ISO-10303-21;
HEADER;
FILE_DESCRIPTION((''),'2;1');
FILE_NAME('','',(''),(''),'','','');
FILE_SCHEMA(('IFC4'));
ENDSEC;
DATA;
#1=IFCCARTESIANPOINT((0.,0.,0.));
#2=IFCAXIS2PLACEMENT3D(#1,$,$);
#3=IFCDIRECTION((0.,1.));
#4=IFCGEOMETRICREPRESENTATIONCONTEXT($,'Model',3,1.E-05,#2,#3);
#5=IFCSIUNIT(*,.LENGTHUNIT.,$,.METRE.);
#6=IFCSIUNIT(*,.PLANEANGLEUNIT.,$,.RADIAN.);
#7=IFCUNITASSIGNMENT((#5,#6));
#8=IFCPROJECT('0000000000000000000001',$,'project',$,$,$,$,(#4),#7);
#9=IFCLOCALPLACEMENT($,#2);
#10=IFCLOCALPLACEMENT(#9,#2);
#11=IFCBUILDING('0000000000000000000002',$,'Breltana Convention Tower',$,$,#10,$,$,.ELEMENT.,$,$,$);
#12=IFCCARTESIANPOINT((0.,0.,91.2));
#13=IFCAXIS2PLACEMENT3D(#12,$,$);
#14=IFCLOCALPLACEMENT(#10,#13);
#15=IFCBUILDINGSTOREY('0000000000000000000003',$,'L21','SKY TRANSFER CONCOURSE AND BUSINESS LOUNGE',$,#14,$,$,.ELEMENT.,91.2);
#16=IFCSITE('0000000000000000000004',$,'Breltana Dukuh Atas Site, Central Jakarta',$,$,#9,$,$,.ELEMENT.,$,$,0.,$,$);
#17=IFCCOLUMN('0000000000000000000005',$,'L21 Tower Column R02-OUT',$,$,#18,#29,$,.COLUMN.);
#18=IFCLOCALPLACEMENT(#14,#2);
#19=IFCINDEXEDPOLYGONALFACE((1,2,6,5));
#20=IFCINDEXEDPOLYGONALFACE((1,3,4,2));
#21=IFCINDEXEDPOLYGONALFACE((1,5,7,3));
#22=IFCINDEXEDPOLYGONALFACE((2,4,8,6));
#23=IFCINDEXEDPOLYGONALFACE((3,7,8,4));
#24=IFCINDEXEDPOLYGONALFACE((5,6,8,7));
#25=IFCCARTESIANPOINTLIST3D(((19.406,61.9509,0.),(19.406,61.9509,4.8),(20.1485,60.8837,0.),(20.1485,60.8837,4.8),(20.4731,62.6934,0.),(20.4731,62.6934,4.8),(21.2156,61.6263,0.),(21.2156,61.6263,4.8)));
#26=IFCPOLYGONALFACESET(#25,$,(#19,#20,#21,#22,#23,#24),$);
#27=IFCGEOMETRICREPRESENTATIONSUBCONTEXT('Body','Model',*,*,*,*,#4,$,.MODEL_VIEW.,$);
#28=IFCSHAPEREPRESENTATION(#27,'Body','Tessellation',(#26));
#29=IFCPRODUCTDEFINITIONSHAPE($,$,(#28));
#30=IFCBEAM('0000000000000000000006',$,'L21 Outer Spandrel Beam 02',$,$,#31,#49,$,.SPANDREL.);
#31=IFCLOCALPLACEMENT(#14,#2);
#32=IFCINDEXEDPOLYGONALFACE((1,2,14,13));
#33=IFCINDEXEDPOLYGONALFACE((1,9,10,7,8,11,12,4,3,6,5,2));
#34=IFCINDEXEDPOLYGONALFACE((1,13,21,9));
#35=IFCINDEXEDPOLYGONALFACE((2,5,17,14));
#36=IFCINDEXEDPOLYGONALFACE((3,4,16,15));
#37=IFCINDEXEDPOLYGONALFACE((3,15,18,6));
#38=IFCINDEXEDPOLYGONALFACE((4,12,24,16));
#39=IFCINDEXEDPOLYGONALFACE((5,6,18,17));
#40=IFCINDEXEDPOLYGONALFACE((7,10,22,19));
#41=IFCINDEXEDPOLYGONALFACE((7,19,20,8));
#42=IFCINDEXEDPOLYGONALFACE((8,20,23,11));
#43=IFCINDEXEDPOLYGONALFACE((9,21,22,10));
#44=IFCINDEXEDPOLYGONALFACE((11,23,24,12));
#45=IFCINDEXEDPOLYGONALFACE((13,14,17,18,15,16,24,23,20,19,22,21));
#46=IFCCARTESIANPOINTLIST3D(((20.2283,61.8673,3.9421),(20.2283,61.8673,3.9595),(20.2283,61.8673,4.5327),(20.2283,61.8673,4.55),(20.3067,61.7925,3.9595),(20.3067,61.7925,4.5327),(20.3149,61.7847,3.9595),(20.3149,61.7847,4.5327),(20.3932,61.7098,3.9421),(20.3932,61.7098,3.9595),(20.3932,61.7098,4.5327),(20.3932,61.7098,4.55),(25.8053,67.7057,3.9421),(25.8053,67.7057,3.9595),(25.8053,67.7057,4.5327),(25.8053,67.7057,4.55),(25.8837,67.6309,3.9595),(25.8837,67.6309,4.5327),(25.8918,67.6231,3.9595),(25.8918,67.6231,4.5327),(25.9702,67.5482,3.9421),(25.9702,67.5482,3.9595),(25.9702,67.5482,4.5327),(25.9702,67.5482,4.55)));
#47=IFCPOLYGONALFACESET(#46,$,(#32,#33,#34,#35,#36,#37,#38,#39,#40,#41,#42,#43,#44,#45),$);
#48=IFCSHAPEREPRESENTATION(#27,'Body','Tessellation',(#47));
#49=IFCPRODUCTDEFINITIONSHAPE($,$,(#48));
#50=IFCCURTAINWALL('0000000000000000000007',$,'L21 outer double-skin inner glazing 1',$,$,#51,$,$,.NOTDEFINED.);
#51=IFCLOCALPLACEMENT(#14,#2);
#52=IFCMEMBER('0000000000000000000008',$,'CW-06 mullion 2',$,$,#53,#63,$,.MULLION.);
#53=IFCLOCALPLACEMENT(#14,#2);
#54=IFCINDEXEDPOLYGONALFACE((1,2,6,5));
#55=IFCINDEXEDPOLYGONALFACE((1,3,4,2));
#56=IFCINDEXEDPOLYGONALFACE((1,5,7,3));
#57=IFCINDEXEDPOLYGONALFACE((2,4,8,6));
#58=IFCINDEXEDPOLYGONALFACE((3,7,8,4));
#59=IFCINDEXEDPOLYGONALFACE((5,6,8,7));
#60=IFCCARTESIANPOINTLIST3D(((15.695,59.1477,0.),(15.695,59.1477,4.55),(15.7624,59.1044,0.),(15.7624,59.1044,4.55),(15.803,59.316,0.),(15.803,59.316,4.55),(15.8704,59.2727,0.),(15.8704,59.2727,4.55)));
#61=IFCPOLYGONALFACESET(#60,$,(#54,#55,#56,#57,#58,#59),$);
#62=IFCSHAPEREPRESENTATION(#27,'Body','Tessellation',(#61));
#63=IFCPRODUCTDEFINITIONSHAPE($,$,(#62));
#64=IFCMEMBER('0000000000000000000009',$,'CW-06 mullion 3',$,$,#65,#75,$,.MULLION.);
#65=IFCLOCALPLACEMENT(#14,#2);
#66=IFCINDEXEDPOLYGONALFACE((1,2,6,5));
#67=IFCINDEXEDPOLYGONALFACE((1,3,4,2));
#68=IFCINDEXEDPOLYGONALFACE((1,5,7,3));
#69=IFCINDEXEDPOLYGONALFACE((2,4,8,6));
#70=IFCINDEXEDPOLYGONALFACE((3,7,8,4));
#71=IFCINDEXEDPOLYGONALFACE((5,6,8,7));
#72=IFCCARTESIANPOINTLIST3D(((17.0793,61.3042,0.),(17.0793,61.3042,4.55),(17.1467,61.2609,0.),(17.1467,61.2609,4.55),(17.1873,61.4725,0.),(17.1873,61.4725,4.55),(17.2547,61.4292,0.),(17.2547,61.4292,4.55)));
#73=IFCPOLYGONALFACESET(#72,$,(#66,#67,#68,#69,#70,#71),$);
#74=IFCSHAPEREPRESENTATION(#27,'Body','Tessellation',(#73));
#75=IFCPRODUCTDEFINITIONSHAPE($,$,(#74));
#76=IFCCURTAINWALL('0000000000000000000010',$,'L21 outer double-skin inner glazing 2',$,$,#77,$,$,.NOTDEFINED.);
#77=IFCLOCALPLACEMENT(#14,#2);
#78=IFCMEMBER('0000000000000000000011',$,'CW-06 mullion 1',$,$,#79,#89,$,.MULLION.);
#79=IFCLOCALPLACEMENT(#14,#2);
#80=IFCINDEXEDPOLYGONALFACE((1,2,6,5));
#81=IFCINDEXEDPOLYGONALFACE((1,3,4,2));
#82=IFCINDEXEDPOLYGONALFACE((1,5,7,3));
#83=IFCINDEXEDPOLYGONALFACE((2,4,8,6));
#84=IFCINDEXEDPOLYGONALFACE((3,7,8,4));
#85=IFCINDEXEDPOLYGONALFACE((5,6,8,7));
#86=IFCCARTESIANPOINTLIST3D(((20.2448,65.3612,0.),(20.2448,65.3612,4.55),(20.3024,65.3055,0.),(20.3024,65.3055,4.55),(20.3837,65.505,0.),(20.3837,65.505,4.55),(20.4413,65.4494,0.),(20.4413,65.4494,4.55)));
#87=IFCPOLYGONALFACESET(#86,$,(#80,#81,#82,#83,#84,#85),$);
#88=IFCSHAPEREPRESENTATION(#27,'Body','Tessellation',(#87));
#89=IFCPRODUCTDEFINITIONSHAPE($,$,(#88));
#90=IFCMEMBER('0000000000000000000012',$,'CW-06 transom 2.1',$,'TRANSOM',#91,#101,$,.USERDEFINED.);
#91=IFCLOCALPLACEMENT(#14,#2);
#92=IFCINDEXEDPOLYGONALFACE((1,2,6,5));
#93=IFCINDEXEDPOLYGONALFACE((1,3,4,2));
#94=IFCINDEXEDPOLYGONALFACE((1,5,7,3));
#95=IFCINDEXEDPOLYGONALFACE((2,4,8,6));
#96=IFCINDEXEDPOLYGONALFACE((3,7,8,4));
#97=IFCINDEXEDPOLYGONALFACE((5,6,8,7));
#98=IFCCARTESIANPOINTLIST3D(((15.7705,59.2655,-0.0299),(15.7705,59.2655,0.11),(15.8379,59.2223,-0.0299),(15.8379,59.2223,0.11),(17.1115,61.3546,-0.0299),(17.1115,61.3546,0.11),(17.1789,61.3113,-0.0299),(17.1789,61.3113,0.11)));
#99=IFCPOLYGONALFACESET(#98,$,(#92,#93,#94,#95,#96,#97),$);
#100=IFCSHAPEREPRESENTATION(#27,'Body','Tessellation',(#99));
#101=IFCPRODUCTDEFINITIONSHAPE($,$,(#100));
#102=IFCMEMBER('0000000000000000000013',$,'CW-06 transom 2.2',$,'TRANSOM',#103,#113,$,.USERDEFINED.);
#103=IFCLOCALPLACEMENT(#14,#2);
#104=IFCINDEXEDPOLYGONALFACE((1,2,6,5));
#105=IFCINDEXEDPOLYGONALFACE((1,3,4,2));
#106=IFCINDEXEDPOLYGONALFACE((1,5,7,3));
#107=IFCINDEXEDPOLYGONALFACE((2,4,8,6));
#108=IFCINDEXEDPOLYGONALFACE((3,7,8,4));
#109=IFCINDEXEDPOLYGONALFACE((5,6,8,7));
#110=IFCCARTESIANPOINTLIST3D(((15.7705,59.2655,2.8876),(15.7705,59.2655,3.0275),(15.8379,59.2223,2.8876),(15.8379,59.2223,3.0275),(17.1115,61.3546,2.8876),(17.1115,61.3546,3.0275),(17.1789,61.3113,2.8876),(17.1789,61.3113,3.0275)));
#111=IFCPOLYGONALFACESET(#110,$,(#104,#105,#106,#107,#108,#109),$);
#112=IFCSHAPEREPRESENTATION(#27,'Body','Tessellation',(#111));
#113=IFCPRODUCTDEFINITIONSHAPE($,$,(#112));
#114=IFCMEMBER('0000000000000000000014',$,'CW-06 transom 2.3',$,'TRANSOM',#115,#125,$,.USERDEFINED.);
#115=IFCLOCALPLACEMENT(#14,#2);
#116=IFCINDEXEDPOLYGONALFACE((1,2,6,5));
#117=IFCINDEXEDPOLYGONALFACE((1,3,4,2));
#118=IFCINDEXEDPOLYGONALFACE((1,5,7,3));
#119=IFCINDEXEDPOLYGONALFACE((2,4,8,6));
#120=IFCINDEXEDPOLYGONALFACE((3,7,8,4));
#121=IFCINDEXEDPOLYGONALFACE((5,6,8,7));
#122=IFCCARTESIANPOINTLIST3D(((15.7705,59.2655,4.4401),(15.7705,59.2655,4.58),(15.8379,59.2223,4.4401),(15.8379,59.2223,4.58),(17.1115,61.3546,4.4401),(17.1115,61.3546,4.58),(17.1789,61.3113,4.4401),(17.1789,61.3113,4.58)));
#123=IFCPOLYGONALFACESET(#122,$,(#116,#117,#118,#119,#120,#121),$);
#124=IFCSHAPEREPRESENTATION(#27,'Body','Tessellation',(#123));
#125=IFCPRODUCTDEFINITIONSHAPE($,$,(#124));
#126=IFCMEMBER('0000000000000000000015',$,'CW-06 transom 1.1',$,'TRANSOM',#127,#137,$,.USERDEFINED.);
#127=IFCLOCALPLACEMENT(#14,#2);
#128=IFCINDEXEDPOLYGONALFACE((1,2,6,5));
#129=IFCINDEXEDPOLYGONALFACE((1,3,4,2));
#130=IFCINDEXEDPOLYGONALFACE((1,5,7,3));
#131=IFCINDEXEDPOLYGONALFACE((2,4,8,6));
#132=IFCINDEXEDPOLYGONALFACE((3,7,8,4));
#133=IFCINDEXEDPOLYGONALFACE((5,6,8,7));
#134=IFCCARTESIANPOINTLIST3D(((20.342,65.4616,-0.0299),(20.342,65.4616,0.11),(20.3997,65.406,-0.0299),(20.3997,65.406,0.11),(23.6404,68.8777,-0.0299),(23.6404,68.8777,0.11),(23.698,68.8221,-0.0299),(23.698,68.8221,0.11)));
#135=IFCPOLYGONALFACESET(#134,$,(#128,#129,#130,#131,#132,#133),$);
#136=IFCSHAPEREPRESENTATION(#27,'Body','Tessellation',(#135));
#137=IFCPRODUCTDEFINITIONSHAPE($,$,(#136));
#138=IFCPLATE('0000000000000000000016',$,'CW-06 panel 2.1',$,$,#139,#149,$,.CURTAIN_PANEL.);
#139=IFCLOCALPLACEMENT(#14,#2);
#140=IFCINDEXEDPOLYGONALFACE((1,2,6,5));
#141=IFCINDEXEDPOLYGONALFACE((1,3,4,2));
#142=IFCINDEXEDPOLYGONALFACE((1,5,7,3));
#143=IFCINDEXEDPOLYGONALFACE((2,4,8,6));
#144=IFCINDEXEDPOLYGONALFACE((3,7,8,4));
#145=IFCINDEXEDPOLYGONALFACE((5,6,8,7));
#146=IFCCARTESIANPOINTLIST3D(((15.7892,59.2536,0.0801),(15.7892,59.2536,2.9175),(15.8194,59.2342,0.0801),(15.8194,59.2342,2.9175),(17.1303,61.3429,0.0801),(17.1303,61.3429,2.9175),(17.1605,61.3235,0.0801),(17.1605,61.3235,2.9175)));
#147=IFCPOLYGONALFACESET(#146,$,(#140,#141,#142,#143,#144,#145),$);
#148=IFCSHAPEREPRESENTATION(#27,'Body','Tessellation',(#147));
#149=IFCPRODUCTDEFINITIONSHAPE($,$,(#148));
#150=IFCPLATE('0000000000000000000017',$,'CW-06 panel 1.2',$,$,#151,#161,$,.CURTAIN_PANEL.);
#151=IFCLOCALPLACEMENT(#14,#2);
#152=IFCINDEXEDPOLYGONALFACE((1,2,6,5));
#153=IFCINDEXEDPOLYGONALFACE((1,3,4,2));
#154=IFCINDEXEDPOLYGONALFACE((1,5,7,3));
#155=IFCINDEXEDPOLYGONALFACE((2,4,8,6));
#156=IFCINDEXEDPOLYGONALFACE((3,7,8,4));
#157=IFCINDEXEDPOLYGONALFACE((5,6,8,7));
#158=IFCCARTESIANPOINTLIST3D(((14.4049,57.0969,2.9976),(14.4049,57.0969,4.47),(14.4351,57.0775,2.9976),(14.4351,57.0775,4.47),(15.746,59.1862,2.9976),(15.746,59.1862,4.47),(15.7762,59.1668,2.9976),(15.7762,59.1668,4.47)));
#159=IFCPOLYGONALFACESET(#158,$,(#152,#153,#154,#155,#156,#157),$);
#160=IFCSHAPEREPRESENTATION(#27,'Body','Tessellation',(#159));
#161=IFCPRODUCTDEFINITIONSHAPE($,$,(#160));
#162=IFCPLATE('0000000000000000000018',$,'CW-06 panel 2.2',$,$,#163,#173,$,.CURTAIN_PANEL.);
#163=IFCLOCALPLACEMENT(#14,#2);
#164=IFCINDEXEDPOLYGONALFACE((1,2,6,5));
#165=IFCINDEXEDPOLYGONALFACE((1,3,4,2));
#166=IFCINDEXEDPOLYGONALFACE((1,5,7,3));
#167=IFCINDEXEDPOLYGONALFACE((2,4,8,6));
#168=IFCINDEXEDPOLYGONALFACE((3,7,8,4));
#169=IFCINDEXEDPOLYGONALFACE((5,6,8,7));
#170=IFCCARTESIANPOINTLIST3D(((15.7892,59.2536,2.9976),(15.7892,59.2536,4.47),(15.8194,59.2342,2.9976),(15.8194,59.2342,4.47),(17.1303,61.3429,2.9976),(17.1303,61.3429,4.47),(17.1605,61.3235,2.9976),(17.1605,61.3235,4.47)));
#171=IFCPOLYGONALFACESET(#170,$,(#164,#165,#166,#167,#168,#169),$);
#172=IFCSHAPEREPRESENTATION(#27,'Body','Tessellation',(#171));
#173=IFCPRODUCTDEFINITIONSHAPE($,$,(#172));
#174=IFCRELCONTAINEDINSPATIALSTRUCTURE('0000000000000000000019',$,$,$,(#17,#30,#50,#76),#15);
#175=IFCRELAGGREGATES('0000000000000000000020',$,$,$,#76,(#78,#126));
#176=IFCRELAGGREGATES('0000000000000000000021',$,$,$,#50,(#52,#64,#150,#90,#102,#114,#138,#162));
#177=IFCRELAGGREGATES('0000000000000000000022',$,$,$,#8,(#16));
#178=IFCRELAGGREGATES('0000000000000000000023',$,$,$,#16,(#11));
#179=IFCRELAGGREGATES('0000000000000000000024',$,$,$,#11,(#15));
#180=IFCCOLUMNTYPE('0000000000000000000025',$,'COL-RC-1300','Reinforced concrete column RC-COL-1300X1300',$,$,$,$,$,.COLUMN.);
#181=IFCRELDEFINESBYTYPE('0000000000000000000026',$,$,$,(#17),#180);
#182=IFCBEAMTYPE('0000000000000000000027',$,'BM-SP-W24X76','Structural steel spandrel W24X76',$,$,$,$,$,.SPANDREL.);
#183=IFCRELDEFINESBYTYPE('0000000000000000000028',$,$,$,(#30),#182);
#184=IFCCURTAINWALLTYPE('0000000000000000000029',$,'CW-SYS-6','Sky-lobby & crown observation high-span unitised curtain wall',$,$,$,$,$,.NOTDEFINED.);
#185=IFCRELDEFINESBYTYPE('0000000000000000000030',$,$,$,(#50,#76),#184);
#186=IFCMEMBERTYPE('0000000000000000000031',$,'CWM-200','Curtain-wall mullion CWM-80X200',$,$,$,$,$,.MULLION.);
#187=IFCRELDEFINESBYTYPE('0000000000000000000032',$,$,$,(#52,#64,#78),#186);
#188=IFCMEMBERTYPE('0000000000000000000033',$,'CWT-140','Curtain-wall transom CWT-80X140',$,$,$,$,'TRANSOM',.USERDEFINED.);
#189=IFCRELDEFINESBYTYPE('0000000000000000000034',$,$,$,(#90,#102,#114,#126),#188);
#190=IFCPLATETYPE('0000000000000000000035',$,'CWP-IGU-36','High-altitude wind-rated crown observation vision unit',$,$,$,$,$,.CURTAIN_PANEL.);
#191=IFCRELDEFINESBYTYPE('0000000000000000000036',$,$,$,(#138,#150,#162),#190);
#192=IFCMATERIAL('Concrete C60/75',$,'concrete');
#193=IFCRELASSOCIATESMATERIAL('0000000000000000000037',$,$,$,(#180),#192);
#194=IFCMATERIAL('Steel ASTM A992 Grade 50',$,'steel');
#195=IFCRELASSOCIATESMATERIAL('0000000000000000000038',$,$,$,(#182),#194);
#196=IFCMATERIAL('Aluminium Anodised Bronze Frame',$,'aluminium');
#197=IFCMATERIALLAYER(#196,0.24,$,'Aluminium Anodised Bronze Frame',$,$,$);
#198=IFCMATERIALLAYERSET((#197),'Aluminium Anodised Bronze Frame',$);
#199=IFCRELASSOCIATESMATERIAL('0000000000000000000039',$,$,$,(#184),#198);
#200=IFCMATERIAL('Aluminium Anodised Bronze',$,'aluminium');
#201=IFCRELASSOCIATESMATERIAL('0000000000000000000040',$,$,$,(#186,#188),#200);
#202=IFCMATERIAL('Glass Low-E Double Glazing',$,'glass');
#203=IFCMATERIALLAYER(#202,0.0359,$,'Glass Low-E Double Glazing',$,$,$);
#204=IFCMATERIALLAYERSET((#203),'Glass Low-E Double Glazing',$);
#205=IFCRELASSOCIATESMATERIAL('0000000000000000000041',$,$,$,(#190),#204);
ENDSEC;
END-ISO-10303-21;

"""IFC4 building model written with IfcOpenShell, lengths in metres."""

from ifc_helpers import new_model, si_unit, direction, frame, origin, origin_2d, place, context, subcontext, project, spatial, rectangle, i_section, extrude, source, transform, mapped, material, layer, layer_set, material_profile, profile_set, type_object, element, aggregate, save


model = new_model("IFC4")

# Units and contexts
model_context = context("Model", 3, precision=1e-05, world=origin(), true_north=direction((0.0, 1.0)))
body_context = subcontext(model_context, "Body", "Model", "MODEL_VIEW")
ifc_project = project(units=[si_unit("LENGTHUNIT", "METRE"), si_unit("PLANEANGLEUNIT", "RADIAN")], contexts=[model_context])

# Site, building, storey
site_placement = place(None, origin())
site = spatial("IfcSite", under=ifc_project, at=site_placement, Name="Breltana Dukuh Atas Site, Central Jakarta", CompositionType="ELEMENT", RefElevation=0.0)
building_placement = place(site_placement, origin())
building = spatial("IfcBuilding", under=site, at=building_placement, Name="Breltana Convention Tower", CompositionType="ELEMENT")
storey_placement = place(building_placement, frame((0.0, 0.0, 91.2)))
storey = spatial("IfcBuildingStorey", under=building, at=storey_placement, Name="L21", Description="SKY TRANSFER CONCOURSE AND BUSINESS LOUNGE", CompositionType="ELEMENT", Elevation=91.2)

# Column
ifc_material_1 = material(Name="Concrete C60/75", Category="concrete")
ifc_material_profile_1 = material_profile(ifc_material_1, rectangle(XDim=1.3, YDim=1.3, at=origin_2d()), Name="RC-COL-1300X1300")
ifc_profile_set_1 = profile_set([ifc_material_profile_1], Name="Concrete C60/75")
column_type = type_object("IfcColumnType", Name="COL-RC-1300", Description="Reinforced concrete column RC-COL-1300X1300", PredefinedType="COLUMN", material=ifc_profile_set_1)
shared_shape_1 = source(origin(), body_context, "Body", "SweptSolid", [
    extrude(rectangle(XDim=1.3, YDim=1.3, at=origin_2d()), origin(), (0.0, 0.0, 1.0), 4.8),
])
column_placement = place(storey_placement, frame((20.3108, 61.7886, 0.0), z_axis=(0.0, 0.0, 1.0), x_axis=(-0.571143, 0.82085, 0.0)))
element("IfcColumn", 1, at=column_placement, inside=storey, type_object=column_type, Name="L21 Tower Column R02-OUT", PredefinedType="COLUMN", context=body_context, shape_type="MappedRepresentation", body=[
    mapped(shared_shape_1, transform((0.0, 0.0, 0.0), scale=1.0)),
])

# Beam
ifc_material_2 = material(Name="Steel ASTM A992 Grade 50", Category="steel")
ifc_material_profile_2 = material_profile(ifc_material_2, i_section(OverallWidth=0.228, OverallDepth=0.6079, WebThickness=0.0112, FlangeThickness=0.0173, at=origin_2d()), Name="W24X76")
ifc_profile_set_2 = profile_set([ifc_material_profile_2], Name="Steel ASTM A992 Grade 50")
beam_type = type_object("IfcBeamType", Name="BM-SP-W24X76", Description="Structural steel spandrel W24X76", PredefinedType="SPANDREL", material=ifc_profile_set_2)
shared_shape_2 = source(origin(), body_context, "Body", "SweptSolid", [
    extrude(i_section(OverallWidth=0.228, OverallDepth=0.6079, WebThickness=0.0112, FlangeThickness=0.0173, at=origin_2d()), origin(), (0.0, 0.0, 1.0), 8.074),
])
beam_placement = place(storey_placement, frame((20.3108, 61.7886, 4.2461), z_axis=(0.690729, 0.723114, 0.0), x_axis=(-0.723114, 0.690729, 0.0)))
element("IfcBeam", 2, at=beam_placement, inside=storey, type_object=beam_type, Name="L21 Outer Spandrel Beam 02", PredefinedType="SPANDREL", context=body_context, shape_type="MappedRepresentation", body=[
    mapped(shared_shape_2, transform((0.0, 0.0, 0.0), scale=1.0)),
])

# Curtain wall, members
ifc_material_3 = material(Name="Aluminium Anodised Bronze Frame", Category="aluminium")
ifc_layer_1 = layer(ifc_material_3, 0.24, Name="Aluminium Anodised Bronze Frame")
ifc_layer_set_1 = layer_set([ifc_layer_1], Name="Aluminium Anodised Bronze Frame")
curtain_wall_type = type_object("IfcCurtainWallType", Name="CW-SYS-6", Description="Sky-lobby & crown observation high-span unitised curtain wall", PredefinedType="NOTDEFINED", material=ifc_layer_set_1)
curtain_wall_1_placement = place(storey_placement, origin())
curtain_wall_1 = element("IfcCurtainWall", 3, at=curtain_wall_1_placement, inside=storey, type_object=curtain_wall_type, Name="L21 outer double-skin inner glazing 1", PredefinedType="NOTDEFINED")
ifc_material_4 = material(Name="Aluminium Anodised Bronze", Category="aluminium")
ifc_material_profile_3 = material_profile(ifc_material_4, rectangle(XDim=0.0801, YDim=0.2, at=origin_2d()), Name="CWM-80X200")
ifc_profile_set_3 = profile_set([ifc_material_profile_3], Name="Aluminium Anodised Bronze")
member_type_1 = type_object("IfcMemberType", Name="CWM-200", Description="Curtain-wall mullion CWM-80X200", PredefinedType="MULLION", material=ifc_profile_set_3)
shared_shape_3 = source(origin(), body_context, "Body", "SweptSolid", [
    extrude(rectangle(XDim=0.0801, YDim=0.2, at=origin_2d()), origin(), (0.0, 0.0, 1.0), 4.55),
])
member_1_placement = place(storey_placement, frame((15.7827, 59.2102, 0.0), z_axis=(0.0, 0.0, 1.0), x_axis=(-0.841552, 0.540177, 0.0)))
member_1 = element("IfcMember", 4, at=member_1_placement, type_object=member_type_1, Name="CW-06 mullion 2", PredefinedType="MULLION", context=body_context, shape_type="MappedRepresentation", body=[
    mapped(shared_shape_3, transform((0.0, 0.0, 0.0), scale=1.0)),
])
member_2_placement = place(storey_placement, frame((17.167, 61.3667, 0.0), z_axis=(0.0, 0.0, 1.0), x_axis=(-0.841552, 0.540177, 0.0)))
member_2 = element("IfcMember", 5, at=member_2_placement, type_object=member_type_1, Name="CW-06 mullion 3", PredefinedType="MULLION", context=body_context, shape_type="MappedRepresentation", body=[
    mapped(shared_shape_3, transform((0.0, 0.0, 0.0), scale=1.0)),
])

# Curtain wall, member
curtain_wall_2_placement = place(storey_placement, origin())
curtain_wall_2 = element("IfcCurtainWall", 6, at=curtain_wall_2_placement, inside=storey, type_object=curtain_wall_type, Name="L21 outer double-skin inner glazing 2", PredefinedType="NOTDEFINED")
member_3_placement = place(storey_placement, frame((20.343, 65.4053, 0.0), z_axis=(0.0, 0.0, 1.0), x_axis=(-0.719385, 0.694612, 0.0)))
member_3 = element("IfcMember", 7, at=member_3_placement, type_object=member_type_1, Name="CW-06 mullion 1", PredefinedType="MULLION", context=body_context, shape_type="MappedRepresentation", body=[
    mapped(shared_shape_3, transform((0.0, 0.0, 0.0), scale=1.0)),
])

# Members
ifc_material_profile_4 = material_profile(ifc_material_4, rectangle(XDim=0.0801, YDim=0.1399, at=origin_2d()), Name="CWT-80X140")
ifc_profile_set_4 = profile_set([ifc_material_profile_4], Name="Aluminium Anodised Bronze")
member_type_2 = type_object("IfcMemberType", Name="CWT-140", Description="Curtain-wall transom CWT-80X140", ElementType="TRANSOM", PredefinedType="USERDEFINED", material=ifc_profile_set_4)
shared_shape_4 = source(origin(), body_context, "Body", "SweptSolid", [
    extrude(rectangle(XDim=0.0801, YDim=0.1399, at=origin_2d()), origin(), (0.0, 0.0, 1.0), 2.4824),
])
member_4_placement = place(storey_placement, frame((15.8042, 59.2439, 0.04), z_axis=(0.540206, 0.841533, 0.0), x_axis=(-0.841533, 0.540206, 0.0)))
member_4 = element("IfcMember", 8, at=member_4_placement, type_object=member_type_2, Name="CW-06 transom 2.1", ObjectType="TRANSOM", PredefinedType="USERDEFINED", context=body_context, shape_type="MappedRepresentation", body=[
    mapped(shared_shape_4, transform((0.0, 0.0, 0.0), scale=1.0)),
])
member_5_placement = place(storey_placement, frame((15.8042, 59.2439, 2.9575), z_axis=(0.540206, 0.841533, 0.0), x_axis=(-0.841533, 0.540206, 0.0)))
member_5 = element("IfcMember", 9, at=member_5_placement, type_object=member_type_2, Name="CW-06 transom 2.2", ObjectType="TRANSOM", PredefinedType="USERDEFINED", context=body_context, shape_type="MappedRepresentation", body=[
    mapped(shared_shape_4, transform((0.0, 0.0, 0.0), scale=1.0)),
])
member_6_placement = place(storey_placement, frame((15.8042, 59.2439, 4.51), z_axis=(0.540206, 0.841533, 0.0), x_axis=(-0.841533, 0.540206, 0.0)))
member_6 = element("IfcMember", 10, at=member_6_placement, type_object=member_type_2, Name="CW-06 transom 2.3", ObjectType="TRANSOM", PredefinedType="USERDEFINED", context=body_context, shape_type="MappedRepresentation", body=[
    mapped(shared_shape_4, transform((0.0, 0.0, 0.0), scale=1.0)),
])
shared_shape_5 = source(origin(), body_context, "Body", "SweptSolid", [
    extrude(rectangle(XDim=0.0801, YDim=0.1399, at=origin_2d()), origin(), (0.0, 0.0, 1.0), 4.7485),
])
member_7_placement = place(storey_placement, frame((20.3708, 65.4338, 0.04), z_axis=(0.694607, 0.719389, 0.0), x_axis=(-0.719389, 0.694607, 0.0)))
member_7 = element("IfcMember", 11, at=member_7_placement, type_object=member_type_2, Name="CW-06 transom 1.1", ObjectType="TRANSOM", PredefinedType="USERDEFINED", context=body_context, shape_type="MappedRepresentation", body=[
    mapped(shared_shape_5, transform((0.0, 0.0, 0.0), scale=1.0)),
])
aggregate(curtain_wall_2, [member_3, member_7])

# Plates
ifc_material_5 = material(Name="Glass Low-E Double Glazing", Category="glass")
ifc_layer_2 = layer(ifc_material_5, 0.0359, Name="Glass Low-E Double Glazing")
ifc_layer_set_2 = layer_set([ifc_layer_2], Name="Glass Low-E Double Glazing")
plate_type = type_object("IfcPlateType", Name="CWP-IGU-36", Description="High-altitude wind-rated crown observation vision unit", PredefinedType="CURTAIN_PANEL", material=ifc_layer_set_2)
shared_shape_6 = source(origin(), body_context, "Body", "SweptSolid", [
    extrude(rectangle(XDim=2.4827, YDim=0.0359, at=origin_2d()), origin(), (0.0, 0.0, 1.0), 2.8374),
])
plate_1_placement = place(storey_placement, frame((16.4749, 60.2886, 0.0801), z_axis=(0.0, 0.0, 1.0), x_axis=(0.540177, 0.841552, 0.0)))
plate_1 = element("IfcPlate", 12, at=plate_1_placement, type_object=plate_type, Name="CW-06 panel 2.1", PredefinedType="CURTAIN_PANEL", context=body_context, shape_type="MappedRepresentation", body=[
    mapped(shared_shape_6, transform((0.0, 0.0, 0.0), scale=1.0)),
])
shared_shape_7 = source(origin(), body_context, "Body", "SweptSolid", [
    extrude(rectangle(XDim=2.4827, YDim=0.0359, at=origin_2d()), origin(), (0.0, 0.0, 1.0), 1.4724),
])
plate_2_placement = place(storey_placement, frame((15.0906, 58.1318, 2.9976), z_axis=(0.0, 0.0, 1.0), x_axis=(0.540177, 0.841552, 0.0)))
plate_2 = element("IfcPlate", 13, at=plate_2_placement, type_object=plate_type, Name="CW-06 panel 1.2", PredefinedType="CURTAIN_PANEL", context=body_context, shape_type="MappedRepresentation", body=[
    mapped(shared_shape_7, transform((0.0, 0.0, 0.0), scale=1.0)),
])
plate_3_placement = place(storey_placement, frame((16.4749, 60.2886, 2.9976), z_axis=(0.0, 0.0, 1.0), x_axis=(0.540177, 0.841552, 0.0)))
plate_3 = element("IfcPlate", 14, at=plate_3_placement, type_object=plate_type, Name="CW-06 panel 2.2", PredefinedType="CURTAIN_PANEL", context=body_context, shape_type="MappedRepresentation", body=[
    mapped(shared_shape_7, transform((0.0, 0.0, 0.0), scale=1.0)),
])
aggregate(curtain_wall_1, [member_1, member_2, plate_2, member_4, member_5, member_6, plate_1, plate_3])

save(model, "model.ifc")
